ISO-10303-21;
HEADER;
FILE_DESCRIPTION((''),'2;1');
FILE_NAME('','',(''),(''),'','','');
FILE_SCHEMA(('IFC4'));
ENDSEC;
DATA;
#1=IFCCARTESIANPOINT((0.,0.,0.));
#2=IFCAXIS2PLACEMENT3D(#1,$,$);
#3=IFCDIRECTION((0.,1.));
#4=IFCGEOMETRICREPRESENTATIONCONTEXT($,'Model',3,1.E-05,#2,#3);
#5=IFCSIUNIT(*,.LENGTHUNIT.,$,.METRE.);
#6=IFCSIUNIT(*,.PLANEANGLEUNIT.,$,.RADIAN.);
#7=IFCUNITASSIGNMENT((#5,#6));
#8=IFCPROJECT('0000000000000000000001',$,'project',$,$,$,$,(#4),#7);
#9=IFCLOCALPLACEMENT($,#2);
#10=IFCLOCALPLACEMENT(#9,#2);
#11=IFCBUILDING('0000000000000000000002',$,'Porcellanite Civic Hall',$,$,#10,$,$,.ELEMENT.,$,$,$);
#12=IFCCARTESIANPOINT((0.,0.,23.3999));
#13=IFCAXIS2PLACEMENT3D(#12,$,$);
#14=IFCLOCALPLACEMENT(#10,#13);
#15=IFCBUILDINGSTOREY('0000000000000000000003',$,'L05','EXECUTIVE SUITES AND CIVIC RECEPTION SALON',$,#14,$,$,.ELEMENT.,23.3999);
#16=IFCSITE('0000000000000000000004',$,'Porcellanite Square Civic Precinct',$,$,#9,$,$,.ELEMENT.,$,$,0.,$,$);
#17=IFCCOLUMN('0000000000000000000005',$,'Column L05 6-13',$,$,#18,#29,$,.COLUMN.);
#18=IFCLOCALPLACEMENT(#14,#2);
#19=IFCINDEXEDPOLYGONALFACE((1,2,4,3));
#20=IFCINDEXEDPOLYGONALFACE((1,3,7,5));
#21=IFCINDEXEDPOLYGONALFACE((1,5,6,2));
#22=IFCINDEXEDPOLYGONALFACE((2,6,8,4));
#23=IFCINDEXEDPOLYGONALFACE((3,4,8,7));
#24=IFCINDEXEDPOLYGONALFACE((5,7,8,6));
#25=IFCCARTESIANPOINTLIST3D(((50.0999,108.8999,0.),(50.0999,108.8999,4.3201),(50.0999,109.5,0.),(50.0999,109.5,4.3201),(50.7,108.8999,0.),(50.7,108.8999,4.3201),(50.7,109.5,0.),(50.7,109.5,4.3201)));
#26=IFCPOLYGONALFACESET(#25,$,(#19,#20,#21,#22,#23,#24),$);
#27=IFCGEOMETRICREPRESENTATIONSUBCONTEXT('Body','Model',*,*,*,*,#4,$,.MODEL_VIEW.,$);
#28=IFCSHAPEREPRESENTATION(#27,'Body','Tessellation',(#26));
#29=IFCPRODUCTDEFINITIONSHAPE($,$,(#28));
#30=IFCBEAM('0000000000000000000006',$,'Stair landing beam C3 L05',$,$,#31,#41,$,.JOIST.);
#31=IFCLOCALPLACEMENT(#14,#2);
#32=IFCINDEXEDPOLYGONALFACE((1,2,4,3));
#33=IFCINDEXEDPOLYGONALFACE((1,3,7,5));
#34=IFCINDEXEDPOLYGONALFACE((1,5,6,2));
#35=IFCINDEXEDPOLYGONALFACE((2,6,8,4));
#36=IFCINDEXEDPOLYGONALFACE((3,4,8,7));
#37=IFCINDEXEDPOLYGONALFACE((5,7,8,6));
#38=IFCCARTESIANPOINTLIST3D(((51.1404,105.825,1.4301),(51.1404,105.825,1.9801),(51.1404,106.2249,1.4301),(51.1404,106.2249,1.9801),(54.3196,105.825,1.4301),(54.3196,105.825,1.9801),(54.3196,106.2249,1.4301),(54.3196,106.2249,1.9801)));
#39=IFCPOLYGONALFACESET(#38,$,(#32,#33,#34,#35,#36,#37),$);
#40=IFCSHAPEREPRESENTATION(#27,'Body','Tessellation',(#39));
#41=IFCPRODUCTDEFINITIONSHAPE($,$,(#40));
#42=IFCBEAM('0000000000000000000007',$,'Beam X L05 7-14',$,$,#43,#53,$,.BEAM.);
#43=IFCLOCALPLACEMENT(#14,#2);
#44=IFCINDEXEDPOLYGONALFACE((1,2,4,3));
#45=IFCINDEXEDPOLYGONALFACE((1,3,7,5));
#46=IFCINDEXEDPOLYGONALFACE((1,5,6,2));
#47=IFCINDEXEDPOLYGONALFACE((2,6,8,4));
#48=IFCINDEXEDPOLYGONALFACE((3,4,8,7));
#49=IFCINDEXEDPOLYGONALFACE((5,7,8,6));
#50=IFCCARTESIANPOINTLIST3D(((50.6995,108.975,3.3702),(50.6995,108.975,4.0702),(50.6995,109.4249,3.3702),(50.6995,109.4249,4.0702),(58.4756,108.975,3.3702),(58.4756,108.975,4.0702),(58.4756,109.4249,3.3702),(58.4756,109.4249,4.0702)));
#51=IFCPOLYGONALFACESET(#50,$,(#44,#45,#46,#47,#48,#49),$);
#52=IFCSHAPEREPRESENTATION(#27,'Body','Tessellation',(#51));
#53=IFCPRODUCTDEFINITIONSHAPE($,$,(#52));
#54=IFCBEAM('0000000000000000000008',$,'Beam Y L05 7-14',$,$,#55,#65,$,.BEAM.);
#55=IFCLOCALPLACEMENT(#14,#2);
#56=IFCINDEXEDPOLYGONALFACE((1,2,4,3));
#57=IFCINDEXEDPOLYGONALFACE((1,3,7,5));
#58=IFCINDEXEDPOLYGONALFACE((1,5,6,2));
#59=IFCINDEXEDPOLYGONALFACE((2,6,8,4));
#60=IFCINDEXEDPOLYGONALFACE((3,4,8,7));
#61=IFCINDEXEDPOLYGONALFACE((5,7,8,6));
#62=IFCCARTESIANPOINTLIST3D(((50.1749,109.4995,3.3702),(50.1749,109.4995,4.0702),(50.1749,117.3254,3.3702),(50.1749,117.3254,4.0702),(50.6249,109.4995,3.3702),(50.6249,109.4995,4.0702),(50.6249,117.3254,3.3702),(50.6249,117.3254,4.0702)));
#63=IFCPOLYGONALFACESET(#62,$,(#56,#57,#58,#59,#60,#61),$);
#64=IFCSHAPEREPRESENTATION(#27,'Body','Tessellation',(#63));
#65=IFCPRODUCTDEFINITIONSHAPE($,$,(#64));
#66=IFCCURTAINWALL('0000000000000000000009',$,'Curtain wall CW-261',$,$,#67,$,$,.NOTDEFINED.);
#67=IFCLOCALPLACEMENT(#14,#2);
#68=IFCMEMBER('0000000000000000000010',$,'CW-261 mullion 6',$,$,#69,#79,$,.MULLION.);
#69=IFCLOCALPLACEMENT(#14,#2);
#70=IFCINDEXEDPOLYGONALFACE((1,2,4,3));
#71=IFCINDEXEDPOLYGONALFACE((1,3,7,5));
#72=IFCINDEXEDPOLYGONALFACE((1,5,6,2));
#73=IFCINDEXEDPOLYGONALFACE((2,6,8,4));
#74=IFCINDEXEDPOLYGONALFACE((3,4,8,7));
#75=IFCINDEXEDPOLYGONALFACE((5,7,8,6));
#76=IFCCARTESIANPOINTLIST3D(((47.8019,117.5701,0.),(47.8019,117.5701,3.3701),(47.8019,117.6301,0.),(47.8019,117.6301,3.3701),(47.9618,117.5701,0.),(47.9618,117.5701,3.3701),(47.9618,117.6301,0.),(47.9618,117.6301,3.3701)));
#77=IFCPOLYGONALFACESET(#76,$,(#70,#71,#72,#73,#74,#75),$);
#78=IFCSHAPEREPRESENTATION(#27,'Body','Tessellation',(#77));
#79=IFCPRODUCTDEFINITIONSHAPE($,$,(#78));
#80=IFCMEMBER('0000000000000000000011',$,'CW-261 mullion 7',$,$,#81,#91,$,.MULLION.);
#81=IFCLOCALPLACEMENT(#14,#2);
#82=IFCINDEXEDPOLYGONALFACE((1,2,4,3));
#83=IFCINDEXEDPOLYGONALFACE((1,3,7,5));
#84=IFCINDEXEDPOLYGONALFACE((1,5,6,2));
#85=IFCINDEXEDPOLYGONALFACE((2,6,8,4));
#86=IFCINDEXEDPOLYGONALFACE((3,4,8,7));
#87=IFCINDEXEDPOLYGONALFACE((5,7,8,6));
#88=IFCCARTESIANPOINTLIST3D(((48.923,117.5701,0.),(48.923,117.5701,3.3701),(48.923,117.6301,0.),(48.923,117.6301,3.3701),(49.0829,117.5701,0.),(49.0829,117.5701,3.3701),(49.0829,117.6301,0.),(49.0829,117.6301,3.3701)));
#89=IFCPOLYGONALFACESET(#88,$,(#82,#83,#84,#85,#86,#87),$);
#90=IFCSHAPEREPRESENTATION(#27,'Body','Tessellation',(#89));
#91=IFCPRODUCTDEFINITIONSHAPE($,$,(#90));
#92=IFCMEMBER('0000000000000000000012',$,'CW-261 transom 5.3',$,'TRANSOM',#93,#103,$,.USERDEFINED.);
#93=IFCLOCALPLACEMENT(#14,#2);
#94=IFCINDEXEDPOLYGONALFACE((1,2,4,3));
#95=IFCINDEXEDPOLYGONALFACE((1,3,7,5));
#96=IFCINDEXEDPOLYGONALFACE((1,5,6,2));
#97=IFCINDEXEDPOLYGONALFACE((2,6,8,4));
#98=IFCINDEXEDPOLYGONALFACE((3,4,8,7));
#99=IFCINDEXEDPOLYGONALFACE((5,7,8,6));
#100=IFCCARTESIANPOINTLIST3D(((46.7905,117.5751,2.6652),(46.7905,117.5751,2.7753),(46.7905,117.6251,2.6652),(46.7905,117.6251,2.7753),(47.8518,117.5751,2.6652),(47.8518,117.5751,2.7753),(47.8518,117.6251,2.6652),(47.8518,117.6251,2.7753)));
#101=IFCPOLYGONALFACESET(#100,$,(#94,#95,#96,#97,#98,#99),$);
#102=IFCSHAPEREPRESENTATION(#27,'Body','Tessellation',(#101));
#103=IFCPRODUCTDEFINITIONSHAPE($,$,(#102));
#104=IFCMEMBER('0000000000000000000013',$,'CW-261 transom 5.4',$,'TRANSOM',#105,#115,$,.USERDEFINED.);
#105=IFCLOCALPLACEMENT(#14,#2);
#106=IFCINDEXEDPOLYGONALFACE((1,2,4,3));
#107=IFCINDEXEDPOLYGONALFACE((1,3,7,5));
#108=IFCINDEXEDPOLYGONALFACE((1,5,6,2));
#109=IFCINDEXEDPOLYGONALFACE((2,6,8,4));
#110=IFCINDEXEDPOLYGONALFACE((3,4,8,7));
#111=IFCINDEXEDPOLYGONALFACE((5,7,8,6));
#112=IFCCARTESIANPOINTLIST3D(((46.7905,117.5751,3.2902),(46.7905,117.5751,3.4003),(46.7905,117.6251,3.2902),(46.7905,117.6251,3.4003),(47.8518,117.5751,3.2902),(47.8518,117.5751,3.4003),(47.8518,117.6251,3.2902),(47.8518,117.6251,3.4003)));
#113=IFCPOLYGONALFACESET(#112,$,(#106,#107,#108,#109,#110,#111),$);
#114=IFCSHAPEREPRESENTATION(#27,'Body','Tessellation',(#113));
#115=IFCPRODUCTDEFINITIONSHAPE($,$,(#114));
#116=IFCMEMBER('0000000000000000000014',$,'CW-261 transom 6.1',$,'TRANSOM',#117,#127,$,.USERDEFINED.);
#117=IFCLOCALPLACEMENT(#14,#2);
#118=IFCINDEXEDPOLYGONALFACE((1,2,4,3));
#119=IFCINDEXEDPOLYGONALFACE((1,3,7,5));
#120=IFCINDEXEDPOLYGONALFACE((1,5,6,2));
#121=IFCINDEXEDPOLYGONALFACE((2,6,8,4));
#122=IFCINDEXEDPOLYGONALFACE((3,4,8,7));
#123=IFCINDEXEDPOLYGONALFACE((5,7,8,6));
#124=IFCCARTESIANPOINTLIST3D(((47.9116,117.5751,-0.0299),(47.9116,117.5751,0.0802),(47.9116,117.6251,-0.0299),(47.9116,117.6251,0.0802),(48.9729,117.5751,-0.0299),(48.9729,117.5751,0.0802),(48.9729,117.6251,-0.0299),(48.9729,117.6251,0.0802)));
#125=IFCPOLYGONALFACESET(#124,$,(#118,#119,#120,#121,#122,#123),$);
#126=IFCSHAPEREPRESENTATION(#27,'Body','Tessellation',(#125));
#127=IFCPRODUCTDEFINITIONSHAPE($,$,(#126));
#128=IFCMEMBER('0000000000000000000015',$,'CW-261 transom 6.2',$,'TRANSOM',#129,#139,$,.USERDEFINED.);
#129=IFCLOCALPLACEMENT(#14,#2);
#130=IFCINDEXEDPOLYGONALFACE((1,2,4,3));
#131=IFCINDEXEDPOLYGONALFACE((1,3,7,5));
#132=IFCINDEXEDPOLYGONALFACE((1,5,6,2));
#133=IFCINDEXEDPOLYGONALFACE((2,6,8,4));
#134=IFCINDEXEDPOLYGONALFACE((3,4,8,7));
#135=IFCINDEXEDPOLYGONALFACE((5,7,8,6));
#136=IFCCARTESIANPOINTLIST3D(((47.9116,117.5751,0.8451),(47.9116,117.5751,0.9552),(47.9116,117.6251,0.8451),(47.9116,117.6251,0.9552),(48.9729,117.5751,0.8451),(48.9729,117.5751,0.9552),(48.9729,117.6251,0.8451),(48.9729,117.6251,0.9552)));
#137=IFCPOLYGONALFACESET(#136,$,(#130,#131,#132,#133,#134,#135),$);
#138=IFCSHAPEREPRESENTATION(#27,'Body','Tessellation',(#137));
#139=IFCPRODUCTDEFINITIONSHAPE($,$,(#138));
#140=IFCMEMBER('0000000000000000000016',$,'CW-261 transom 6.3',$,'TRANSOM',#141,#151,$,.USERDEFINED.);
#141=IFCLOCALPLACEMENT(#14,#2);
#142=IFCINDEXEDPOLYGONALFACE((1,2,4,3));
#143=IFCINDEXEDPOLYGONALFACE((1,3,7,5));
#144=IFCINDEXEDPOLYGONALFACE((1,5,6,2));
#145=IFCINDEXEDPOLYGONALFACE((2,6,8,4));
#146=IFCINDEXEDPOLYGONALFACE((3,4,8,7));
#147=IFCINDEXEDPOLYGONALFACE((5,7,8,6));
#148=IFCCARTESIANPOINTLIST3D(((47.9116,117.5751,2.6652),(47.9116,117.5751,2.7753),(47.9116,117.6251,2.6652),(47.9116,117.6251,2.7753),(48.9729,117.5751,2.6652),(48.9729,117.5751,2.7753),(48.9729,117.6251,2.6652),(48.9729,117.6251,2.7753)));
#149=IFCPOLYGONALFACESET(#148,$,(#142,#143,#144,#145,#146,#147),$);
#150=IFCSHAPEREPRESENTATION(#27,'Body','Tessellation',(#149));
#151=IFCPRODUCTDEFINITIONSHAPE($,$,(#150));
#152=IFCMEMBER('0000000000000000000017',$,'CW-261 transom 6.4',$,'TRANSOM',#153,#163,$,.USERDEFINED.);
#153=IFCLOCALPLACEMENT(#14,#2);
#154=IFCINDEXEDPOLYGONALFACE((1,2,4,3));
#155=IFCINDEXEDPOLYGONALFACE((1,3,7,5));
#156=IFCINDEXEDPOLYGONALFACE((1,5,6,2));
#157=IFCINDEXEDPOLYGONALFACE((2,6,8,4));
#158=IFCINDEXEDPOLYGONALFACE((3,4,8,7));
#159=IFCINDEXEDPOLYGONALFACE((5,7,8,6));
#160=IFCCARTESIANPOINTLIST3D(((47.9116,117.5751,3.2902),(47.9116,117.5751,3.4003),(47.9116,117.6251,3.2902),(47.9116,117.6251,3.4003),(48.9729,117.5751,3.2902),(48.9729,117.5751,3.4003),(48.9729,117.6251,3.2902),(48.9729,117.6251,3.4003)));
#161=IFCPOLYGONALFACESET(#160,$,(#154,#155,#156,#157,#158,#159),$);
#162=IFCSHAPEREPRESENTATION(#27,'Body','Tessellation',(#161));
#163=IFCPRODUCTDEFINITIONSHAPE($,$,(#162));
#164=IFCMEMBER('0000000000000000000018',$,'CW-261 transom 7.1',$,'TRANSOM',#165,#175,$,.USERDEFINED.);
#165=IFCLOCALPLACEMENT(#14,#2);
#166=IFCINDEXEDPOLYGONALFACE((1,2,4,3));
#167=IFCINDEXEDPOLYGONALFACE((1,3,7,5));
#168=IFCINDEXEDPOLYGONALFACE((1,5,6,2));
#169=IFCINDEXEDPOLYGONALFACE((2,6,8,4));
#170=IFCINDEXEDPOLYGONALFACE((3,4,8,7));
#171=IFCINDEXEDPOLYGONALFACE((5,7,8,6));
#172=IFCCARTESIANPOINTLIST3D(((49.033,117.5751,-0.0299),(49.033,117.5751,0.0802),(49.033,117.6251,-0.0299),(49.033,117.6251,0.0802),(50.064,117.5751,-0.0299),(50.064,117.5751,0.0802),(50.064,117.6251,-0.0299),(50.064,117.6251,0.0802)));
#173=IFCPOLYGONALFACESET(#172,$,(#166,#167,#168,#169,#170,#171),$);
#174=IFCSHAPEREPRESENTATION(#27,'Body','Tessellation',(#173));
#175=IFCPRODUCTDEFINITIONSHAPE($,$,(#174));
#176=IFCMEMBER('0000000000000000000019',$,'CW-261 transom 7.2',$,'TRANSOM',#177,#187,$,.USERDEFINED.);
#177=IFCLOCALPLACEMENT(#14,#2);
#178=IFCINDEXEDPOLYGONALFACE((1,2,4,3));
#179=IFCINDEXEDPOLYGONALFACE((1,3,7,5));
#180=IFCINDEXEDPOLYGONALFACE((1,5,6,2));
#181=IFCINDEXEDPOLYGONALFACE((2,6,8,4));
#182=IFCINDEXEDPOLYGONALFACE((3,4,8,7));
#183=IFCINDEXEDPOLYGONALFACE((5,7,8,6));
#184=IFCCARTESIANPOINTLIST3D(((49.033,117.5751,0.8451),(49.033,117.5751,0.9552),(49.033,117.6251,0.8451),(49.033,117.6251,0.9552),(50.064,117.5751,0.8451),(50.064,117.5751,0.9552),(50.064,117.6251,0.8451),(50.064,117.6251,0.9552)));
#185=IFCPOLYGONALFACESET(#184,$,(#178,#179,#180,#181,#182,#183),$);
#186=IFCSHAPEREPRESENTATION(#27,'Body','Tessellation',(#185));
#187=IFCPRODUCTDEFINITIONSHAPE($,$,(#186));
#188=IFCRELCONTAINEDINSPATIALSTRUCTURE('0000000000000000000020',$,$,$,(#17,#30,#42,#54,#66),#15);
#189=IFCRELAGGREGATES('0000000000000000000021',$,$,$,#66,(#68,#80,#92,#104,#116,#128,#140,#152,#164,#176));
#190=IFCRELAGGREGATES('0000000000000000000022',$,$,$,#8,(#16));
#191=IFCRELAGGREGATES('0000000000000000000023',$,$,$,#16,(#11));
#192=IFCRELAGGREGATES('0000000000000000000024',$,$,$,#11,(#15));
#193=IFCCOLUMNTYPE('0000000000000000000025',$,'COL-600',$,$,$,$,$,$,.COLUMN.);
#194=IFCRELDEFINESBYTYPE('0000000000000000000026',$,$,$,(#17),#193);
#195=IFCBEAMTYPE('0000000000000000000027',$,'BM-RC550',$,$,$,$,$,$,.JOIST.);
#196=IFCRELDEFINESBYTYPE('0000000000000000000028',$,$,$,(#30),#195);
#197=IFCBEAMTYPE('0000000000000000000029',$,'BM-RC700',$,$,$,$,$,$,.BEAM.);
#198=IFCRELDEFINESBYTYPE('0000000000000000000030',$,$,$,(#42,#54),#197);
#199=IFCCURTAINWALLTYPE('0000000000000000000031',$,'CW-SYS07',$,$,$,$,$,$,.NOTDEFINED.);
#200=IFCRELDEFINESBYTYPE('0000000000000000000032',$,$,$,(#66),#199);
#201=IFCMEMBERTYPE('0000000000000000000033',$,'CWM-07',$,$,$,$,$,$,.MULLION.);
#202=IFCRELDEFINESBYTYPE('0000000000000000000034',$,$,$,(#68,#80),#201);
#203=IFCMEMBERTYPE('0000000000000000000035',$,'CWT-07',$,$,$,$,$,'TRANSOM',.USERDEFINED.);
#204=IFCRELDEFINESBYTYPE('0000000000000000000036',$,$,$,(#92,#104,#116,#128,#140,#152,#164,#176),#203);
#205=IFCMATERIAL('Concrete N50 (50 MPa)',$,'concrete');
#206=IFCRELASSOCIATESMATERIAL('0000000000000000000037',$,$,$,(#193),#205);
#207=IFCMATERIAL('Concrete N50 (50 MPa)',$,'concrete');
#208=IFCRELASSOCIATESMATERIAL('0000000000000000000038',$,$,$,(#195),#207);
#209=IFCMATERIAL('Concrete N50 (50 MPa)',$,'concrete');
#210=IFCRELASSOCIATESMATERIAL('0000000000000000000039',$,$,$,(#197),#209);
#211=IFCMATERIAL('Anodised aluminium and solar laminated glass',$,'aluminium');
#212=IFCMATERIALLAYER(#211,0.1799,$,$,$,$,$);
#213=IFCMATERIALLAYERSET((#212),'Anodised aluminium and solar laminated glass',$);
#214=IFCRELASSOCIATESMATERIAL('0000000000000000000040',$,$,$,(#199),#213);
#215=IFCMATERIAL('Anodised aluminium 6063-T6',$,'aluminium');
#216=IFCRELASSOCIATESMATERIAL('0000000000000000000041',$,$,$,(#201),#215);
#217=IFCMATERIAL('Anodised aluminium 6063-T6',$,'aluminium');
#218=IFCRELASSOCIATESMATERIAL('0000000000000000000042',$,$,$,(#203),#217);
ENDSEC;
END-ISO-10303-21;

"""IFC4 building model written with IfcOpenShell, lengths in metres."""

from ifc_helpers import new_model, si_unit, direction, frame, origin, origin_2d, place, context, subcontext, project, spatial, rectangle, extrude, material, layer, layer_set, material_profile, profile_set, type_object, element, aggregate, save


model = new_model("IFC4")

# Units and contexts
model_context = context("Model", 3, precision=1e-05, world=origin(), true_north=direction((0.0, 1.0)))
body_context = subcontext(model_context, "Body", "Model", "MODEL_VIEW")
ifc_project = project(units=[si_unit("LENGTHUNIT", "METRE"), si_unit("PLANEANGLEUNIT", "RADIAN")], contexts=[model_context])

# Site, building, storey
site_placement = place(None, origin())
site = spatial("IfcSite", under=ifc_project, at=site_placement, Name="Porcellanite Square Civic Precinct", CompositionType="ELEMENT", RefElevation=0.0)
building_placement = place(site_placement, origin())
building = spatial("IfcBuilding", under=site, at=building_placement, Name="Porcellanite Civic Hall", CompositionType="ELEMENT")
storey_placement = place(building_placement, frame((0.0, 0.0, 23.3999)))
storey = spatial("IfcBuildingStorey", under=building, at=storey_placement, Name="L05", Description="EXECUTIVE SUITES AND CIVIC RECEPTION SALON", CompositionType="ELEMENT", Elevation=23.3999)

# Column
ifc_material_1 = material(Name="Concrete N50 (50 MPa)", Category="concrete")
ifc_material_profile_1 = material_profile(ifc_material_1, rectangle(XDim=0.6001, YDim=0.6001, at=origin_2d()), Name="RC-600x600")
ifc_profile_set_1 = profile_set([ifc_material_profile_1], Name="Concrete N50 (50 MPa)")
column_type = type_object("IfcColumnType", Name="COL-600", PredefinedType="COLUMN", material=ifc_profile_set_1)
column_placement = place(storey_placement, frame((50.3999, 109.2, 0.0), z_axis=(0.0, 0.0, 1.0), x_axis=(1.0, 0.0, 0.0)))
element("IfcColumn", 1, at=column_placement, inside=storey, type_object=column_type, Name="Column L05 6-13", PredefinedType="COLUMN", context=body_context, shape_type="SweptSolid", body=[
    extrude(rectangle(XDim=0.6001, YDim=0.6001, at=origin_2d()), origin(), (0.0, 0.0, 1.0), 4.3201),
])

# Beams
ifc_material_2 = material(Name="Concrete N50 (50 MPa)", Category="concrete")
ifc_material_profile_2 = material_profile(ifc_material_2, rectangle(XDim=0.3999, YDim=0.55, at=origin_2d()), Name="RC-400x550")
ifc_profile_set_2 = profile_set([ifc_material_profile_2], Name="Concrete N50 (50 MPa)")
beam_type_1 = type_object("IfcBeamType", Name="BM-RC550", PredefinedType="JOIST", material=ifc_profile_set_2)
beam_1_placement = place(storey_placement, frame((51.1404, 106.0249, 1.7051), z_axis=(1.0, 0.0, 0.0), x_axis=(0.0, 1.0, 0.0)))
element("IfcBeam", 2, at=beam_1_placement, inside=storey, type_object=beam_type_1, Name="Stair landing beam C3 L05", PredefinedType="JOIST", context=body_context, shape_type="SweptSolid", body=[
    extrude(rectangle(XDim=0.3999, YDim=0.55, at=origin_2d()), origin(), (0.0, 0.0, 1.0), 3.1792),
])
ifc_material_3 = material(Name="Concrete N50 (50 MPa)", Category="concrete")
ifc_material_profile_3 = material_profile(ifc_material_3, rectangle(XDim=0.45, YDim=0.7, at=origin_2d()), Name="RC-450x700")
ifc_profile_set_3 = profile_set([ifc_material_profile_3], Name="Concrete N50 (50 MPa)")
beam_type_2 = type_object("IfcBeamType", Name="BM-RC700", PredefinedType="BEAM", material=ifc_profile_set_3)
beam_2_placement = place(storey_placement, frame((50.6995, 109.2, 3.7202), z_axis=(1.0, 0.0, 0.0), x_axis=(0.0, 1.0, 0.0)))
element("IfcBeam", 3, at=beam_2_placement, inside=storey, type_object=beam_type_2, Name="Beam X L05 7-14", PredefinedType="BEAM", context=body_context, shape_type="SweptSolid", body=[
    extrude(rectangle(XDim=0.45, YDim=0.7, at=origin_2d()), origin(), (0.0, 0.0, 1.0), 7.7761),
])
beam_3_placement = place(storey_placement, frame((50.3999, 109.4995, 3.7202), z_axis=(0.0, 1.0, 0.0), x_axis=(-1.0, 0.0, 0.0)))
element("IfcBeam", 4, at=beam_3_placement, inside=storey, type_object=beam_type_2, Name="Beam Y L05 7-14", PredefinedType="BEAM", context=body_context, shape_type="SweptSolid", body=[
    extrude(rectangle(XDim=0.45, YDim=0.7, at=origin_2d()), origin(), (0.0, 0.0, 1.0), 7.8259),
])

# Curtain wall, members
ifc_material_4 = material(Name="Anodised aluminium and solar laminated glass", Category="aluminium")
ifc_layer_1 = layer(ifc_material_4, 0.1799)
ifc_layer_set_1 = layer_set([ifc_layer_1], Name="Anodised aluminium and solar laminated glass")
curtain_wall_type = type_object("IfcCurtainWallType", Name="CW-SYS07", PredefinedType="NOTDEFINED", material=ifc_layer_set_1)
curtain_wall_placement = place(storey_placement, origin())
curtain_wall = element("IfcCurtainWall", 5, at=curtain_wall_placement, inside=storey, type_object=curtain_wall_type, Name="Curtain wall CW-261", PredefinedType="NOTDEFINED")
ifc_material_5 = material(Name="Anodised aluminium 6063-T6", Category="aluminium")
ifc_material_profile_4 = material_profile(ifc_material_5, rectangle(XDim=0.0601, YDim=0.1599, at=origin_2d()), Name="AL-60x160")
ifc_profile_set_4 = profile_set([ifc_material_profile_4], Name="Anodised aluminium 6063-T6")
member_type_1 = type_object("IfcMemberType", Name="CWM-07", PredefinedType="MULLION", material=ifc_profile_set_4)
member_1_placement = place(storey_placement, frame((47.8818, 117.6001, 0.0), z_axis=(0.0, 0.0, 1.0), x_axis=(0.0, 1.0, 0.0)))
member_1 = element("IfcMember", 6, at=member_1_placement, type_object=member_type_1, Name="CW-261 mullion 6", PredefinedType="MULLION", context=body_context, shape_type="SweptSolid", body=[
    extrude(rectangle(XDim=0.0601, YDim=0.1599, at=origin_2d()), origin(), (0.0, 0.0, 1.0), 3.3701),
])
member_2_placement = place(storey_placement, frame((49.0029, 117.6001, 0.0), z_axis=(0.0, 0.0, 1.0), x_axis=(0.0, 1.0, 0.0)))
member_2 = element("IfcMember", 7, at=member_2_placement, type_object=member_type_1, Name="CW-261 mullion 7", PredefinedType="MULLION", context=body_context, shape_type="SweptSolid", body=[
    extrude(rectangle(XDim=0.0601, YDim=0.1599, at=origin_2d()), origin(), (0.0, 0.0, 1.0), 3.3701),
])
ifc_material_6 = material(Name="Anodised aluminium 6063-T6", Category="aluminium")
ifc_material_profile_5 = material_profile(ifc_material_6, rectangle(XDim=0.05, YDim=0.1101, at=origin_2d()), Name="AL-50x110")
ifc_profile_set_5 = profile_set([ifc_material_profile_5], Name="Anodised aluminium 6063-T6")
member_type_2 = type_object("IfcMemberType", Name="CWT-07", ElementType="TRANSOM", PredefinedType="USERDEFINED", material=ifc_profile_set_5)
member_3_placement = place(storey_placement, frame((46.7905, 117.6001, 2.7202), z_axis=(1.0, 0.0, 0.0), x_axis=(0.0, 1.0, 0.0)))
member_3 = element("IfcMember", 8, at=member_3_placement, type_object=member_type_2, Name="CW-261 transom 5.3", ObjectType="TRANSOM", PredefinedType="USERDEFINED", context=body_context, shape_type="SweptSolid", body=[
    extrude(rectangle(XDim=0.05, YDim=0.1101, at=origin_2d()), origin(), (0.0, 0.0, 1.0), 1.0613),
])
member_4_placement = place(storey_placement, frame((46.7905, 117.6001, 3.3452), z_axis=(1.0, 0.0, 0.0), x_axis=(0.0, 1.0, 0.0)))
member_4 = element("IfcMember", 9, at=member_4_placement, type_object=member_type_2, Name="CW-261 transom 5.4", ObjectType="TRANSOM", PredefinedType="USERDEFINED", context=body_context, shape_type="SweptSolid", body=[
    extrude(rectangle(XDim=0.05, YDim=0.1101, at=origin_2d()), origin(), (0.0, 0.0, 1.0), 1.0613),
])
member_5_placement = place(storey_placement, frame((47.9116, 117.6001, 0.0251), z_axis=(1.0, 0.0, 0.0), x_axis=(0.0, 1.0, 0.0)))
member_5 = element("IfcMember", 10, at=member_5_placement, type_object=member_type_2, Name="CW-261 transom 6.1", ObjectType="TRANSOM", PredefinedType="USERDEFINED", context=body_context, shape_type="SweptSolid", body=[
    extrude(rectangle(XDim=0.05, YDim=0.1101, at=origin_2d()), origin(), (0.0, 0.0, 1.0), 1.0613),
])
member_6_placement = place(storey_placement, frame((47.9116, 117.6001, 0.9001), z_axis=(1.0, 0.0, 0.0), x_axis=(0.0, 1.0, 0.0)))
member_6 = element("IfcMember", 11, at=member_6_placement, type_object=member_type_2, Name="CW-261 transom 6.2", ObjectType="TRANSOM", PredefinedType="USERDEFINED", context=body_context, shape_type="SweptSolid", body=[
    extrude(rectangle(XDim=0.05, YDim=0.1101, at=origin_2d()), origin(), (0.0, 0.0, 1.0), 1.0613),
])
member_7_placement = place(storey_placement, frame((47.9116, 117.6001, 2.7202), z_axis=(1.0, 0.0, 0.0), x_axis=(0.0, 1.0, 0.0)))
member_7 = element("IfcMember", 12, at=member_7_placement, type_object=member_type_2, Name="CW-261 transom 6.3", ObjectType="TRANSOM", PredefinedType="USERDEFINED", context=body_context, shape_type="SweptSolid", body=[
    extrude(rectangle(XDim=0.05, YDim=0.1101, at=origin_2d()), origin(), (0.0, 0.0, 1.0), 1.0613),
])
member_8_placement = place(storey_placement, frame((47.9116, 117.6001, 3.3452), z_axis=(1.0, 0.0, 0.0), x_axis=(0.0, 1.0, 0.0)))
member_8 = element("IfcMember", 13, at=member_8_placement, type_object=member_type_2, Name="CW-261 transom 6.4", ObjectType="TRANSOM", PredefinedType="USERDEFINED", context=body_context, shape_type="SweptSolid", body=[
    extrude(rectangle(XDim=0.05, YDim=0.1101, at=origin_2d()), origin(), (0.0, 0.0, 1.0), 1.0613),
])
member_9_placement = place(storey_placement, frame((49.033, 117.6001, 0.0251), z_axis=(1.0, 0.0, 0.0), x_axis=(0.0, 1.0, 0.0)))
member_9 = element("IfcMember", 14, at=member_9_placement, type_object=member_type_2, Name="CW-261 transom 7.1", ObjectType="TRANSOM", PredefinedType="USERDEFINED", context=body_context, shape_type="SweptSolid", body=[
    extrude(rectangle(XDim=0.05, YDim=0.1101, at=origin_2d()), origin(), (0.0, 0.0, 1.0), 1.031),
])
member_10_placement = place(storey_placement, frame((49.033, 117.6001, 0.9001), z_axis=(1.0, 0.0, 0.0), x_axis=(0.0, 1.0, 0.0)))
member_10 = element("IfcMember", 15, at=member_10_placement, type_object=member_type_2, Name="CW-261 transom 7.2", ObjectType="TRANSOM", PredefinedType="USERDEFINED", context=body_context, shape_type="SweptSolid", body=[
    extrude(rectangle(XDim=0.05, YDim=0.1101, at=origin_2d()), origin(), (0.0, 0.0, 1.0), 1.031),
])

aggregate(curtain_wall, [member_1, member_2, member_3, member_4, member_5, member_6, member_7, member_8, member_9, member_10])

save(model, "model.ifc")
